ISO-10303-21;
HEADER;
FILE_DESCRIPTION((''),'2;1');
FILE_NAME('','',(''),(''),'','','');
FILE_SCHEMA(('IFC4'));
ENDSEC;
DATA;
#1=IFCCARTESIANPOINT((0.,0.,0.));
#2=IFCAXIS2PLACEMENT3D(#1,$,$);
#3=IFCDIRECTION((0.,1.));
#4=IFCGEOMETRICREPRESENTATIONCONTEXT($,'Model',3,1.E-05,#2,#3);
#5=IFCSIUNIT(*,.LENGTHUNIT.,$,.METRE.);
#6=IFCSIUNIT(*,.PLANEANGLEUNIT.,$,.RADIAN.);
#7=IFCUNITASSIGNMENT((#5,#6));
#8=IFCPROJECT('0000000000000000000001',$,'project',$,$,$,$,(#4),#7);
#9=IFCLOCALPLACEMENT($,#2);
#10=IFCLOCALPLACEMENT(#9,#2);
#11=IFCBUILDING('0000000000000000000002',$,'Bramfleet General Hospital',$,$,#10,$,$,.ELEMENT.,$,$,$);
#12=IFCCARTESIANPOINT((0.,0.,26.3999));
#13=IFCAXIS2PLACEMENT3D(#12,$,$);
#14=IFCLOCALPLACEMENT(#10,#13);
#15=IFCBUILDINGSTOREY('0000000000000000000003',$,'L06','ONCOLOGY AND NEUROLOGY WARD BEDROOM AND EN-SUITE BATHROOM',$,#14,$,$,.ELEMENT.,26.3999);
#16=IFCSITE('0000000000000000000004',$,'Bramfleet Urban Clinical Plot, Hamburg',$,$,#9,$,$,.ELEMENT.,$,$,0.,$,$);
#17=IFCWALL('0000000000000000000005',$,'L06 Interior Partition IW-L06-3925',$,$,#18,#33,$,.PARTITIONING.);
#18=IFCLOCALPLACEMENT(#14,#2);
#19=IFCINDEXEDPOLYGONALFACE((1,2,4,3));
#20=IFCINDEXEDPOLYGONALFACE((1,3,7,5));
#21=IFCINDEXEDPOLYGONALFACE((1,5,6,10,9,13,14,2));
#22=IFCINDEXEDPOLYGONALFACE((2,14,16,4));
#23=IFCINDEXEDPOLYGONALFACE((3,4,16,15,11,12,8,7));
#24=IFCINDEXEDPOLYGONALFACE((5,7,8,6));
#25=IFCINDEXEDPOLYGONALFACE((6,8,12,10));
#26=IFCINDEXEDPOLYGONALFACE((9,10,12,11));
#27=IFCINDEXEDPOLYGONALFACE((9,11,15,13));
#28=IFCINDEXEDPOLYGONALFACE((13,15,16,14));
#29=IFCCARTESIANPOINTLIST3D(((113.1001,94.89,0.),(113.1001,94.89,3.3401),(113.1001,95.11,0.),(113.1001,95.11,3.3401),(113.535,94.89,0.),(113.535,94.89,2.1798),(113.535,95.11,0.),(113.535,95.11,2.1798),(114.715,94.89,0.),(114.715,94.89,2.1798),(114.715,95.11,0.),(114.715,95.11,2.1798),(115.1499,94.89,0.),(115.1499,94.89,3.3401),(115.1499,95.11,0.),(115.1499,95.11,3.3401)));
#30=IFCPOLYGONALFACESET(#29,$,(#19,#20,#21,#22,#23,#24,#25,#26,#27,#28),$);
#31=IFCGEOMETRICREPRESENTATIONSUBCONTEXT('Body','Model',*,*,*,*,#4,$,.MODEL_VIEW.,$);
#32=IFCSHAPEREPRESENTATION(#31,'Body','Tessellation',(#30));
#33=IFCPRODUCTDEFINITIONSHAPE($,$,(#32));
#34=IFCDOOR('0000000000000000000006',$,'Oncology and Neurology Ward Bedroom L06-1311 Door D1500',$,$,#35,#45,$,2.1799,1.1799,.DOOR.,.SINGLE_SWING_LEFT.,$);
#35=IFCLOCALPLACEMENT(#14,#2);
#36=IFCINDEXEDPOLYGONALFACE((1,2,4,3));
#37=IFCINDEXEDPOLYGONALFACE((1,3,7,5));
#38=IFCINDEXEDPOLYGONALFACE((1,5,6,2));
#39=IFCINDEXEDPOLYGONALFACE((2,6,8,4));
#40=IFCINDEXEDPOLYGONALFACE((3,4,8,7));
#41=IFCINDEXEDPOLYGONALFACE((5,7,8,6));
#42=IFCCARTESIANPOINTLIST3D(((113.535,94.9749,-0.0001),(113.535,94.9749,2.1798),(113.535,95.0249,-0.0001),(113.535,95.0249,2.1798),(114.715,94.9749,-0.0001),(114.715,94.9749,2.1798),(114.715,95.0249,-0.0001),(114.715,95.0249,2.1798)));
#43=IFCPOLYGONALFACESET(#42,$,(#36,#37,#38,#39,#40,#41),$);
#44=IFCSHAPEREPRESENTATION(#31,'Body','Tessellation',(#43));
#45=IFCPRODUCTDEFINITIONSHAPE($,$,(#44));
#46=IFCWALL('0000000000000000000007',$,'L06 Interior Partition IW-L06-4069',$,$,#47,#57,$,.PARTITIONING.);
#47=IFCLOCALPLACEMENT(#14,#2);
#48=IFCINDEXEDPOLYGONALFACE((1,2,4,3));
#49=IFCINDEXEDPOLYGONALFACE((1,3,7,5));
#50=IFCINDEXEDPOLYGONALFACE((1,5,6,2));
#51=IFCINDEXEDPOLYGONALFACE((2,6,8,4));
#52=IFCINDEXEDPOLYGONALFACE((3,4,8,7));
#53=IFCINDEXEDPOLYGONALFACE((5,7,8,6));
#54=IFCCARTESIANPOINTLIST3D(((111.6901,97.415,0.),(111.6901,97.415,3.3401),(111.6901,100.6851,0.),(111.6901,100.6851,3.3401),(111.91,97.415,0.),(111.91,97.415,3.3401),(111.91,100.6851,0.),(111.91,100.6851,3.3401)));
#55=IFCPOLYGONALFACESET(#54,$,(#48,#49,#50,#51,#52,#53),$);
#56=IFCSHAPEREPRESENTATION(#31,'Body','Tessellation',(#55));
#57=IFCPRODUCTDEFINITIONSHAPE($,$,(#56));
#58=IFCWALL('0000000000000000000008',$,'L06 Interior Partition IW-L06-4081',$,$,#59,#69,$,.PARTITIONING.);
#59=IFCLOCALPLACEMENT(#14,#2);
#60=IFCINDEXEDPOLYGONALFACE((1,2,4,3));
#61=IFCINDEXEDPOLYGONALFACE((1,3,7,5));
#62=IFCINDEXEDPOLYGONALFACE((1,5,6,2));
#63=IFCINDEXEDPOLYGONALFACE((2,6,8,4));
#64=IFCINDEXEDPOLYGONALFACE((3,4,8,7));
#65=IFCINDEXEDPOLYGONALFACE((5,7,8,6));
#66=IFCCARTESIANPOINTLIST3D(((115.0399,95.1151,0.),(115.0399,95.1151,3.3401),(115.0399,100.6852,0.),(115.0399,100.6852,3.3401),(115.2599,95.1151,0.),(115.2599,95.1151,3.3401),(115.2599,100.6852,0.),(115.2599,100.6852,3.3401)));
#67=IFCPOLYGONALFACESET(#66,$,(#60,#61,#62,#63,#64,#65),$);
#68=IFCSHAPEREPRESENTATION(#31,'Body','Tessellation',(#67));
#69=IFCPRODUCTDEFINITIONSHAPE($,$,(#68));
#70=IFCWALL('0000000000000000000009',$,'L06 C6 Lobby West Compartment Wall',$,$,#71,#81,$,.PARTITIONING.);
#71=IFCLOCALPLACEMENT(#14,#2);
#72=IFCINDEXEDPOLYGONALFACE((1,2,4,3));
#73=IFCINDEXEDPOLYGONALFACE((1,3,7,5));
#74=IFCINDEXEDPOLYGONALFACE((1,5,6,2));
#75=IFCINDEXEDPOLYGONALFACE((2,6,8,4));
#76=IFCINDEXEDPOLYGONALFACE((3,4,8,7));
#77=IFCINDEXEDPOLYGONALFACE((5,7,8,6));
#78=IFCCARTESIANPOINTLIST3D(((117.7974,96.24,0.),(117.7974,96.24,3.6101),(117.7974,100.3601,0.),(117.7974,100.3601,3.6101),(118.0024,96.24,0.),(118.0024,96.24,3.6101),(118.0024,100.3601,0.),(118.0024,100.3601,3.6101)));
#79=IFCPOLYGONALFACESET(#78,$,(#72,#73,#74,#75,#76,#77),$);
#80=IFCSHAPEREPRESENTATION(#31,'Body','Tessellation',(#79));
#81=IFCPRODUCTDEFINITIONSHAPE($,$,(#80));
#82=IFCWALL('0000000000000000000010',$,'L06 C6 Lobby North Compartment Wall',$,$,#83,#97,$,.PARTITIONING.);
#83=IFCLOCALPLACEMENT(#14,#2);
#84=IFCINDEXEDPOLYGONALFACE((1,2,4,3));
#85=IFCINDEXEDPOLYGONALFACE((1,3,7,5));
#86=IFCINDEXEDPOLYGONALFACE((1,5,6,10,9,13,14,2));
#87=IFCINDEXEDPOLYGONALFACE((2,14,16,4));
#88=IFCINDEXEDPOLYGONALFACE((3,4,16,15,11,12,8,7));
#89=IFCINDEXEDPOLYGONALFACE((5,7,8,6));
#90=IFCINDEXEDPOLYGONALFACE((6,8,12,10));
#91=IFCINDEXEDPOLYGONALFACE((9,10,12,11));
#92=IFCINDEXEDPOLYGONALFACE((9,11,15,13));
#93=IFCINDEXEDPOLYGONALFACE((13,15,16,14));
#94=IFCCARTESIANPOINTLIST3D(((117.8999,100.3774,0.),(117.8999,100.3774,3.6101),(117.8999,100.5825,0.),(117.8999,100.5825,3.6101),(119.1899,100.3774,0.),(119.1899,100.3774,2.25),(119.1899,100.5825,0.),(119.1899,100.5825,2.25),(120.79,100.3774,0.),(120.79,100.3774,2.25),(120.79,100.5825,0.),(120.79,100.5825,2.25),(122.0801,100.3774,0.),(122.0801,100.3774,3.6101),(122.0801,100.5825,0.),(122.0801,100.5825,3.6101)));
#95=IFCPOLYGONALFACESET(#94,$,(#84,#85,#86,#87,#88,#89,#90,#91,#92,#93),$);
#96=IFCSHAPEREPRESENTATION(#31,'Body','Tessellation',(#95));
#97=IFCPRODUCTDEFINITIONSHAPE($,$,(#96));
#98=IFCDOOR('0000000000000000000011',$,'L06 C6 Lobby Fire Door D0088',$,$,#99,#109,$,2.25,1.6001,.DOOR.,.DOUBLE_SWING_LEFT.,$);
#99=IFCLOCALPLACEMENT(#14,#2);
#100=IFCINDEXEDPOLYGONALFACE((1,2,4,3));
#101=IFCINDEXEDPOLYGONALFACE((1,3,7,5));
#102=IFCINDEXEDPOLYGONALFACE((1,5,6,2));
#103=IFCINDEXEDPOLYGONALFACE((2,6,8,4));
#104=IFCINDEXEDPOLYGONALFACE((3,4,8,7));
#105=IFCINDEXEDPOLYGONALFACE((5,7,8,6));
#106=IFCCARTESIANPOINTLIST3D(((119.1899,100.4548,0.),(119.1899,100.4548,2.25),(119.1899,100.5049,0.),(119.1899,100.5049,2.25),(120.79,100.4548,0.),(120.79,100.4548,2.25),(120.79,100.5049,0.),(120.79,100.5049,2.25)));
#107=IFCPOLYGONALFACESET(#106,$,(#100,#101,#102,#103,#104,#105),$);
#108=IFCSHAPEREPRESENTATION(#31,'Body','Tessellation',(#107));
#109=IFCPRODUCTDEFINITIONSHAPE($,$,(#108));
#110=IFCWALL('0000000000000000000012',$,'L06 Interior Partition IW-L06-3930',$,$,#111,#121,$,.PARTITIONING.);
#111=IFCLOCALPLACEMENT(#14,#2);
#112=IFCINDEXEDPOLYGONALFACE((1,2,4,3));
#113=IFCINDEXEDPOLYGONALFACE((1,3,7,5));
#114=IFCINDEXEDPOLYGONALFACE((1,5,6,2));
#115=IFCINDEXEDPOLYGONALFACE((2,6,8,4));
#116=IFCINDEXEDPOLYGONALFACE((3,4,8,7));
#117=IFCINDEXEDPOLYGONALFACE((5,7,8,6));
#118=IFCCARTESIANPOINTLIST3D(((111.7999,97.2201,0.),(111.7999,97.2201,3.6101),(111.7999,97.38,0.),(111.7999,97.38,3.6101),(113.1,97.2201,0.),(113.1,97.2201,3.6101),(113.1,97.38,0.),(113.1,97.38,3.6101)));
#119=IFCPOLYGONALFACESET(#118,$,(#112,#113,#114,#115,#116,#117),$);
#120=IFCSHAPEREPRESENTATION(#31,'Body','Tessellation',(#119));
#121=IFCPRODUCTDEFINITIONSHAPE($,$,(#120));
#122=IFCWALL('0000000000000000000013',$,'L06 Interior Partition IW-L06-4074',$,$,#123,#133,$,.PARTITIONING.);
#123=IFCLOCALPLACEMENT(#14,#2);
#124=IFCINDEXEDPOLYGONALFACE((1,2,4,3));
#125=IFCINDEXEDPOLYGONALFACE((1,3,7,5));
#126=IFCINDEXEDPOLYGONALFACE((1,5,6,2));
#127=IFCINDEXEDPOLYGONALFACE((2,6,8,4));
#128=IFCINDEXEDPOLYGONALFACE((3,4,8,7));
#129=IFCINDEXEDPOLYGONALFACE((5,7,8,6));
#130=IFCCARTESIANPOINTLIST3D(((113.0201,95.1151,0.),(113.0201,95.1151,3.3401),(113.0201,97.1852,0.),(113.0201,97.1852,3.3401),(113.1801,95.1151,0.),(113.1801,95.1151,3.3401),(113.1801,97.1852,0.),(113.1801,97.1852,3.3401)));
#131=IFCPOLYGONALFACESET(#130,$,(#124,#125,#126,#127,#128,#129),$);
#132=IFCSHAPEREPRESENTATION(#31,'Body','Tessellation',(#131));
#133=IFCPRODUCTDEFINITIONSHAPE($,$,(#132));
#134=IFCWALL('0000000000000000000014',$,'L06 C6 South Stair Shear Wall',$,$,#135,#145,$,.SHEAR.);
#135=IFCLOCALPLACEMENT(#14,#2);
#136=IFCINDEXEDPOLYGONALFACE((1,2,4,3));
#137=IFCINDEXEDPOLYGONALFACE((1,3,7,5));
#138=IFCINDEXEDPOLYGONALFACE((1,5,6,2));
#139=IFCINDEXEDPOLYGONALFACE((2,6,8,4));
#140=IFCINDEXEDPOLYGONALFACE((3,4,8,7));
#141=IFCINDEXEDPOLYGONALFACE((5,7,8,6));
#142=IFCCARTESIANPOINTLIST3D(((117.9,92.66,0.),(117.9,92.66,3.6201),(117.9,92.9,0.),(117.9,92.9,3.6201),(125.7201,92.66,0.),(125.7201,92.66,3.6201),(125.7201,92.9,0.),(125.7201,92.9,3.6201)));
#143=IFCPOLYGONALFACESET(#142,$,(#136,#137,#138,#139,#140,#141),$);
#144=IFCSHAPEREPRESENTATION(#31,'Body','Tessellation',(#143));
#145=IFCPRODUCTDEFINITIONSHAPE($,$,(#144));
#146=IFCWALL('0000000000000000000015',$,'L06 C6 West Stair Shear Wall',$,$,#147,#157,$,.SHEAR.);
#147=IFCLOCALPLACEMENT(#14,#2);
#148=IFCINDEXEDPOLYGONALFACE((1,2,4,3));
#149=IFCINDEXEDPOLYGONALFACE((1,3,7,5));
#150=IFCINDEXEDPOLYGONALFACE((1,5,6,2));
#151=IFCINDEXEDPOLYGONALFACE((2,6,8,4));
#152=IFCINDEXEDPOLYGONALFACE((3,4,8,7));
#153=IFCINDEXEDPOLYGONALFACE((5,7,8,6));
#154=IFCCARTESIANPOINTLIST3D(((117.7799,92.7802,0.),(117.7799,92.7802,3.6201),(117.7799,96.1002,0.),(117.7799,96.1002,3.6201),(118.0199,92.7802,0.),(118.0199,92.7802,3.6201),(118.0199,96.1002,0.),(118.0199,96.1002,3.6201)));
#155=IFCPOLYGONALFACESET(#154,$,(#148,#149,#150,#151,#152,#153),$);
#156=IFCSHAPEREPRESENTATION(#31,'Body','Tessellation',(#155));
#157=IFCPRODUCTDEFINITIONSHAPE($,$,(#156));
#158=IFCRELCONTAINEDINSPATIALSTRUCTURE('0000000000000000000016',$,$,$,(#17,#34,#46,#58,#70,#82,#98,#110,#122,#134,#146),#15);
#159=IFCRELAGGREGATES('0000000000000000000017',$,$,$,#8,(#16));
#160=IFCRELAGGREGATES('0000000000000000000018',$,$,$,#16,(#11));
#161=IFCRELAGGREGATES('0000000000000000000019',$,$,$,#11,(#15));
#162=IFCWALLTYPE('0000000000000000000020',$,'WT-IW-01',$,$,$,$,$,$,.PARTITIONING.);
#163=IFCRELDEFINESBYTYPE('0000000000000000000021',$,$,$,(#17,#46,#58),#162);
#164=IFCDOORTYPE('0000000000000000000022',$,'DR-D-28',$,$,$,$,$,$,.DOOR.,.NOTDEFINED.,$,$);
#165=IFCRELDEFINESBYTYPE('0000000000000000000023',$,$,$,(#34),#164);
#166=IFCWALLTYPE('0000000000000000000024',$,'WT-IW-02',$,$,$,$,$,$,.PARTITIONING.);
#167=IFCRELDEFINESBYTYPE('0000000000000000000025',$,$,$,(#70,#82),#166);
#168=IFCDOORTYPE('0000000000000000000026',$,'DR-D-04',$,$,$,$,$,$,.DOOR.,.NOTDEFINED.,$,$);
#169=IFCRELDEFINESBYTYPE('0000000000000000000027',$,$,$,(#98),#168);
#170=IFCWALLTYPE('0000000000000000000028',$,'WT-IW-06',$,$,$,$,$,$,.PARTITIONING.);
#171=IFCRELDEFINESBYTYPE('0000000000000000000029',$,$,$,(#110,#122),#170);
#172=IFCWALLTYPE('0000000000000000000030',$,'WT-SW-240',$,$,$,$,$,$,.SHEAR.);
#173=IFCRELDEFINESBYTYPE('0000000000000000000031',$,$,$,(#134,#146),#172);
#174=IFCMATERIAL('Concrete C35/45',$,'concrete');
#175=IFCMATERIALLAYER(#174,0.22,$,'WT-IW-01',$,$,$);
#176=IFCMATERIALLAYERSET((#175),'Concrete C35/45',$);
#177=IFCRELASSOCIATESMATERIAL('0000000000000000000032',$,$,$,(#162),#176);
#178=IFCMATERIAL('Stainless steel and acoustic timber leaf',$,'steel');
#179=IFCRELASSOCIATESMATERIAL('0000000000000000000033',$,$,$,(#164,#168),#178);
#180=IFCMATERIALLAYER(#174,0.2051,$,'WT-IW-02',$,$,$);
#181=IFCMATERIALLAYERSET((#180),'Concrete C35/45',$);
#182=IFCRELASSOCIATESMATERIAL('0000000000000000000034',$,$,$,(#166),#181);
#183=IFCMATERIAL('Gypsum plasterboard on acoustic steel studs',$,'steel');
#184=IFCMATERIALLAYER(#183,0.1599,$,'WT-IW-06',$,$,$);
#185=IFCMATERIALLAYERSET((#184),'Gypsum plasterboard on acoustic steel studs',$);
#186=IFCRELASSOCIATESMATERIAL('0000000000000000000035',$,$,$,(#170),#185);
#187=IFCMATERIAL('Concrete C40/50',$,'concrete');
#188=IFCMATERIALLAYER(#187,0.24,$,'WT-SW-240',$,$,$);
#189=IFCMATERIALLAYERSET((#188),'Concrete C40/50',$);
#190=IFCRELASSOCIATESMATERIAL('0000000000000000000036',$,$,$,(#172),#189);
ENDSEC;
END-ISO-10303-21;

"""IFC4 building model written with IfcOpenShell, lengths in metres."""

from ifc_helpers import new_model, si_unit, direction, frame, frame_2d, origin, place, context, subcontext, project, spatial, rectangle, extrude, material, layer, layer_set, type_object, element, fill, save


model = new_model("IFC4")

# Units and contexts
model_context = context("Model", 3, precision=1e-05, world=origin(), true_north=direction((0.0, 1.0)))
body_context = subcontext(model_context, "Body", "Model", "MODEL_VIEW")
ifc_project = project(units=[si_unit("LENGTHUNIT", "METRE"), si_unit("PLANEANGLEUNIT", "RADIAN")], contexts=[model_context])

# Site, building, storey
site_placement = place(None, origin())
site = spatial("IfcSite", under=ifc_project, at=site_placement, Name="Bramfleet Urban Clinical Plot, Hamburg", CompositionType="ELEMENT", RefElevation=0.0)
building_placement = place(site_placement, origin())
building = spatial("IfcBuilding", under=site, at=building_placement, Name="Bramfleet General Hospital", CompositionType="ELEMENT")
storey_placement = place(building_placement, frame((0.0, 0.0, 26.3999)))
storey = spatial("IfcBuildingStorey", under=building, at=storey_placement, Name="L06", Description="ONCOLOGY AND NEUROLOGY WARD BEDROOM AND EN-SUITE BATHROOM", CompositionType="ELEMENT", Elevation=26.3999)

# Shared definitions
ifc_material_1 = material(Name="Concrete C35/45", Category="concrete")

# Wall, opening, door
ifc_layer_1 = layer(ifc_material_1, 0.22, Name="WT-IW-01")
ifc_layer_set_1 = layer_set([ifc_layer_1], Name="Concrete C35/45")
wall_type_1 = type_object("IfcWallType", Name="WT-IW-01", PredefinedType="PARTITIONING", material=ifc_layer_set_1)
wall_1_placement = place(storey_placement, frame((113.1001, 95.0, 0.0), z_axis=(0.0, 0.0, 1.0), x_axis=(1.0, 0.0, 0.0)))
wall_1 = element("IfcWall", 1, at=wall_1_placement, inside=storey, type_object=wall_type_1, Name="L06 Interior Partition IW-L06-3925", PredefinedType="PARTITIONING", context=body_context, shape_type="SweptSolid", body=[
    extrude(rectangle(XDim=2.0498, YDim=0.22, at=frame_2d((1.0249, 0.0))), origin(), (0.0, 0.0, 1.0), 3.3401),
])
opening_1_placement = place(wall_1_placement, frame((0.4351, 0.0, 0.0)))
opening_1 = element("IfcOpeningElement", 2, at=opening_1_placement, cuts=wall_1, PredefinedType="OPENING", context=body_context, shape_type="SweptSolid", body=[
    extrude(rectangle(XDim=1.1799, YDim=2.1799, at=frame_2d((0.5898, 1.0898))), frame((0.0, 0.1199, 0.0), z_axis=(0.0, -1.0, 0.0), x_axis=(1.0, 0.0, 0.0)), (0.0, 0.0, 1.0), 0.24),
])
ifc_material_2 = material(Name="Stainless steel and acoustic timber leaf", Category="steel")
door_type_1 = type_object("IfcDoorType", Name="DR-D-28", OperationType="NOTDEFINED", PredefinedType="DOOR", material=ifc_material_2)
door_1_placement = place(opening_1_placement, origin())
door_1 = element("IfcDoor", 3, at=door_1_placement, inside=storey, type_object=door_type_1, Name="Oncology and Neurology Ward Bedroom L06-1311 Door D1500", OperationType="SINGLE_SWING_LEFT", OverallHeight=2.1799, OverallWidth=1.1799, PredefinedType="DOOR", context=body_context, shape_type="SweptSolid", body=[
    extrude(rectangle(XDim=1.1799, YDim=2.1799, at=frame_2d((0.5898, 1.0898))), frame((0.0, 0.0249, 0.0), z_axis=(0.0, -1.0, 0.0), x_axis=(1.0, 0.0, 0.0)), (0.0, 0.0, 1.0), 0.05),
])
fill(opening_1, door_1)

# Walls
wall_2_placement = place(storey_placement, frame((111.8, 97.415, 0.0), z_axis=(0.0, 0.0, 1.0), x_axis=(0.0, 1.0, 0.0)))
element("IfcWall", 4, at=wall_2_placement, inside=storey, type_object=wall_type_1, Name="L06 Interior Partition IW-L06-4069", PredefinedType="PARTITIONING", context=body_context, shape_type="SweptSolid", body=[
    extrude(rectangle(XDim=3.27, YDim=0.22, at=frame_2d((1.635, 0.0))), origin(), (0.0, 0.0, 1.0), 3.3401),
])
wall_3_placement = place(storey_placement, frame((115.1499, 95.115, 0.0), z_axis=(0.0, 0.0, 1.0), x_axis=(0.0, 1.0, 0.0)))
element("IfcWall", 5, at=wall_3_placement, inside=storey, type_object=wall_type_1, Name="L06 Interior Partition IW-L06-4081", PredefinedType="PARTITIONING", context=body_context, shape_type="SweptSolid", body=[
    extrude(rectangle(XDim=5.5701, YDim=0.22, at=frame_2d((2.7852, 0.0))), origin(), (0.0, 0.0, 1.0), 3.3401),
])

# Shared definitions
ifc_layer_2 = layer(ifc_material_1, 0.2051, Name="WT-IW-02")
ifc_layer_set_2 = layer_set([ifc_layer_2], Name="Concrete C35/45")
wall_type_2 = type_object("IfcWallType", Name="WT-IW-02", PredefinedType="PARTITIONING", material=ifc_layer_set_2)

# Wall
wall_4_placement = place(storey_placement, frame((117.8999, 96.24, 0.0), z_axis=(0.0, 0.0, 1.0), x_axis=(0.0, 1.0, 0.0)))
element("IfcWall", 6, at=wall_4_placement, inside=storey, type_object=wall_type_2, Name="L06 C6 Lobby West Compartment Wall", PredefinedType="PARTITIONING", context=body_context, shape_type="SweptSolid", body=[
    extrude(rectangle(XDim=4.1201, YDim=0.2051, at=frame_2d((2.0601, 0.0))), origin(), (0.0, 0.0, 1.0), 3.6101),
])

# Wall, opening, door
wall_5_placement = place(storey_placement, frame((117.8999, 100.48, 0.0), z_axis=(0.0, 0.0, 1.0), x_axis=(1.0, 0.0, 0.0)))
wall_5 = element("IfcWall", 7, at=wall_5_placement, inside=storey, type_object=wall_type_2, Name="L06 C6 Lobby North Compartment Wall", PredefinedType="PARTITIONING", context=body_context, shape_type="SweptSolid", body=[
    extrude(rectangle(XDim=4.1802, YDim=0.2051, at=frame_2d((2.0901, 0.0))), origin(), (0.0, 0.0, 1.0), 3.6101),
])
opening_2_placement = place(wall_5_placement, frame((1.29, 0.0, 0.0)))
opening_2 = element("IfcOpeningElement", 8, at=opening_2_placement, cuts=wall_5, PredefinedType="OPENING", context=body_context, shape_type="SweptSolid", body=[
    extrude(rectangle(XDim=1.6001, YDim=2.25, at=frame_2d((0.8, 1.125))), frame((0.0, 0.1125, 0.0), z_axis=(0.0, -1.0, 0.0), x_axis=(1.0, 0.0, 0.0)), (0.0, 0.0, 1.0), 0.2251),
])
door_type_2 = type_object("IfcDoorType", Name="DR-D-04", OperationType="NOTDEFINED", PredefinedType="DOOR", material=ifc_material_2)
door_2_placement = place(opening_2_placement, origin())
door_2 = element("IfcDoor", 9, at=door_2_placement, inside=storey, type_object=door_type_2, Name="L06 C6 Lobby Fire Door D0088", OperationType="DOUBLE_SWING_LEFT", OverallHeight=2.25, OverallWidth=1.6001, PredefinedType="DOOR", context=body_context, shape_type="SweptSolid", body=[
    extrude(rectangle(XDim=1.6001, YDim=2.25, at=frame_2d((0.8, 1.125))), frame((0.0, 0.0249, 0.0), z_axis=(0.0, -1.0, 0.0), x_axis=(1.0, 0.0, 0.0)), (0.0, 0.0, 1.0), 0.05),
])
fill(opening_2, door_2)

# Walls
ifc_material_3 = material(Name="Gypsum plasterboard on acoustic steel studs", Category="steel")
ifc_layer_3 = layer(ifc_material_3, 0.1599, Name="WT-IW-06")
ifc_layer_set_3 = layer_set([ifc_layer_3], Name="Gypsum plasterboard on acoustic steel studs")
wall_type_3 = type_object("IfcWallType", Name="WT-IW-06", PredefinedType="PARTITIONING", material=ifc_layer_set_3)
wall_6_placement = place(storey_placement, frame((111.8, 97.3, 0.0), z_axis=(0.0, 0.0, 1.0), x_axis=(1.0, 0.0, 0.0)))
element("IfcWall", 10, at=wall_6_placement, inside=storey, type_object=wall_type_3, Name="L06 Interior Partition IW-L06-3930", PredefinedType="PARTITIONING", context=body_context, shape_type="SweptSolid", body=[
    extrude(rectangle(XDim=1.3, YDim=0.1599, at=frame_2d((0.6499, 0.0))), origin(), (0.0, 0.0, 1.0), 3.6101),
])
wall_7_placement = place(storey_placement, frame((113.1001, 95.115, 0.0), z_axis=(0.0, 0.0, 1.0), x_axis=(0.0, 1.0, 0.0)))
element("IfcWall", 11, at=wall_7_placement, inside=storey, type_object=wall_type_3, Name="L06 Interior Partition IW-L06-4074", PredefinedType="PARTITIONING", context=body_context, shape_type="SweptSolid", body=[
    extrude(rectangle(XDim=2.0701, YDim=0.1599, at=frame_2d((1.0352, 0.0))), origin(), (0.0, 0.0, 1.0), 3.3401),
])
ifc_material_4 = material(Name="Concrete C40/50", Category="concrete")
ifc_layer_4 = layer(ifc_material_4, 0.24, Name="WT-SW-240")
ifc_layer_set_4 = layer_set([ifc_layer_4], Name="Concrete C40/50")
wall_type_4 = type_object("IfcWallType", Name="WT-SW-240", PredefinedType="SHEAR", material=ifc_layer_set_4)
wall_8_placement = place(storey_placement, frame((117.8999, 92.78, 0.0), z_axis=(0.0, 0.0, 1.0), x_axis=(1.0, 0.0, 0.0)))
element("IfcWall", 12, at=wall_8_placement, inside=storey, type_object=wall_type_4, Name="L06 C6 South Stair Shear Wall", PredefinedType="SHEAR", context=body_context, shape_type="SweptSolid", body=[
    extrude(rectangle(XDim=7.8201, YDim=0.24, at=frame_2d((3.9102, 0.0))), origin(), (0.0, 0.0, 1.0), 3.6201),
])
wall_9_placement = place(storey_placement, frame((117.8999, 92.78, 0.0), z_axis=(0.0, 0.0, 1.0), x_axis=(0.0, 1.0, 0.0)))
element("IfcWall", 13, at=wall_9_placement, inside=storey, type_object=wall_type_4, Name="L06 C6 West Stair Shear Wall", PredefinedType="SHEAR", context=body_context, shape_type="SweptSolid", body=[
    extrude(rectangle(XDim=3.3201, YDim=0.24, at=frame_2d((1.6602, 0.0))), origin(), (0.0, 0.0, 1.0), 3.6201),
])

save(model, "model.ifc")
